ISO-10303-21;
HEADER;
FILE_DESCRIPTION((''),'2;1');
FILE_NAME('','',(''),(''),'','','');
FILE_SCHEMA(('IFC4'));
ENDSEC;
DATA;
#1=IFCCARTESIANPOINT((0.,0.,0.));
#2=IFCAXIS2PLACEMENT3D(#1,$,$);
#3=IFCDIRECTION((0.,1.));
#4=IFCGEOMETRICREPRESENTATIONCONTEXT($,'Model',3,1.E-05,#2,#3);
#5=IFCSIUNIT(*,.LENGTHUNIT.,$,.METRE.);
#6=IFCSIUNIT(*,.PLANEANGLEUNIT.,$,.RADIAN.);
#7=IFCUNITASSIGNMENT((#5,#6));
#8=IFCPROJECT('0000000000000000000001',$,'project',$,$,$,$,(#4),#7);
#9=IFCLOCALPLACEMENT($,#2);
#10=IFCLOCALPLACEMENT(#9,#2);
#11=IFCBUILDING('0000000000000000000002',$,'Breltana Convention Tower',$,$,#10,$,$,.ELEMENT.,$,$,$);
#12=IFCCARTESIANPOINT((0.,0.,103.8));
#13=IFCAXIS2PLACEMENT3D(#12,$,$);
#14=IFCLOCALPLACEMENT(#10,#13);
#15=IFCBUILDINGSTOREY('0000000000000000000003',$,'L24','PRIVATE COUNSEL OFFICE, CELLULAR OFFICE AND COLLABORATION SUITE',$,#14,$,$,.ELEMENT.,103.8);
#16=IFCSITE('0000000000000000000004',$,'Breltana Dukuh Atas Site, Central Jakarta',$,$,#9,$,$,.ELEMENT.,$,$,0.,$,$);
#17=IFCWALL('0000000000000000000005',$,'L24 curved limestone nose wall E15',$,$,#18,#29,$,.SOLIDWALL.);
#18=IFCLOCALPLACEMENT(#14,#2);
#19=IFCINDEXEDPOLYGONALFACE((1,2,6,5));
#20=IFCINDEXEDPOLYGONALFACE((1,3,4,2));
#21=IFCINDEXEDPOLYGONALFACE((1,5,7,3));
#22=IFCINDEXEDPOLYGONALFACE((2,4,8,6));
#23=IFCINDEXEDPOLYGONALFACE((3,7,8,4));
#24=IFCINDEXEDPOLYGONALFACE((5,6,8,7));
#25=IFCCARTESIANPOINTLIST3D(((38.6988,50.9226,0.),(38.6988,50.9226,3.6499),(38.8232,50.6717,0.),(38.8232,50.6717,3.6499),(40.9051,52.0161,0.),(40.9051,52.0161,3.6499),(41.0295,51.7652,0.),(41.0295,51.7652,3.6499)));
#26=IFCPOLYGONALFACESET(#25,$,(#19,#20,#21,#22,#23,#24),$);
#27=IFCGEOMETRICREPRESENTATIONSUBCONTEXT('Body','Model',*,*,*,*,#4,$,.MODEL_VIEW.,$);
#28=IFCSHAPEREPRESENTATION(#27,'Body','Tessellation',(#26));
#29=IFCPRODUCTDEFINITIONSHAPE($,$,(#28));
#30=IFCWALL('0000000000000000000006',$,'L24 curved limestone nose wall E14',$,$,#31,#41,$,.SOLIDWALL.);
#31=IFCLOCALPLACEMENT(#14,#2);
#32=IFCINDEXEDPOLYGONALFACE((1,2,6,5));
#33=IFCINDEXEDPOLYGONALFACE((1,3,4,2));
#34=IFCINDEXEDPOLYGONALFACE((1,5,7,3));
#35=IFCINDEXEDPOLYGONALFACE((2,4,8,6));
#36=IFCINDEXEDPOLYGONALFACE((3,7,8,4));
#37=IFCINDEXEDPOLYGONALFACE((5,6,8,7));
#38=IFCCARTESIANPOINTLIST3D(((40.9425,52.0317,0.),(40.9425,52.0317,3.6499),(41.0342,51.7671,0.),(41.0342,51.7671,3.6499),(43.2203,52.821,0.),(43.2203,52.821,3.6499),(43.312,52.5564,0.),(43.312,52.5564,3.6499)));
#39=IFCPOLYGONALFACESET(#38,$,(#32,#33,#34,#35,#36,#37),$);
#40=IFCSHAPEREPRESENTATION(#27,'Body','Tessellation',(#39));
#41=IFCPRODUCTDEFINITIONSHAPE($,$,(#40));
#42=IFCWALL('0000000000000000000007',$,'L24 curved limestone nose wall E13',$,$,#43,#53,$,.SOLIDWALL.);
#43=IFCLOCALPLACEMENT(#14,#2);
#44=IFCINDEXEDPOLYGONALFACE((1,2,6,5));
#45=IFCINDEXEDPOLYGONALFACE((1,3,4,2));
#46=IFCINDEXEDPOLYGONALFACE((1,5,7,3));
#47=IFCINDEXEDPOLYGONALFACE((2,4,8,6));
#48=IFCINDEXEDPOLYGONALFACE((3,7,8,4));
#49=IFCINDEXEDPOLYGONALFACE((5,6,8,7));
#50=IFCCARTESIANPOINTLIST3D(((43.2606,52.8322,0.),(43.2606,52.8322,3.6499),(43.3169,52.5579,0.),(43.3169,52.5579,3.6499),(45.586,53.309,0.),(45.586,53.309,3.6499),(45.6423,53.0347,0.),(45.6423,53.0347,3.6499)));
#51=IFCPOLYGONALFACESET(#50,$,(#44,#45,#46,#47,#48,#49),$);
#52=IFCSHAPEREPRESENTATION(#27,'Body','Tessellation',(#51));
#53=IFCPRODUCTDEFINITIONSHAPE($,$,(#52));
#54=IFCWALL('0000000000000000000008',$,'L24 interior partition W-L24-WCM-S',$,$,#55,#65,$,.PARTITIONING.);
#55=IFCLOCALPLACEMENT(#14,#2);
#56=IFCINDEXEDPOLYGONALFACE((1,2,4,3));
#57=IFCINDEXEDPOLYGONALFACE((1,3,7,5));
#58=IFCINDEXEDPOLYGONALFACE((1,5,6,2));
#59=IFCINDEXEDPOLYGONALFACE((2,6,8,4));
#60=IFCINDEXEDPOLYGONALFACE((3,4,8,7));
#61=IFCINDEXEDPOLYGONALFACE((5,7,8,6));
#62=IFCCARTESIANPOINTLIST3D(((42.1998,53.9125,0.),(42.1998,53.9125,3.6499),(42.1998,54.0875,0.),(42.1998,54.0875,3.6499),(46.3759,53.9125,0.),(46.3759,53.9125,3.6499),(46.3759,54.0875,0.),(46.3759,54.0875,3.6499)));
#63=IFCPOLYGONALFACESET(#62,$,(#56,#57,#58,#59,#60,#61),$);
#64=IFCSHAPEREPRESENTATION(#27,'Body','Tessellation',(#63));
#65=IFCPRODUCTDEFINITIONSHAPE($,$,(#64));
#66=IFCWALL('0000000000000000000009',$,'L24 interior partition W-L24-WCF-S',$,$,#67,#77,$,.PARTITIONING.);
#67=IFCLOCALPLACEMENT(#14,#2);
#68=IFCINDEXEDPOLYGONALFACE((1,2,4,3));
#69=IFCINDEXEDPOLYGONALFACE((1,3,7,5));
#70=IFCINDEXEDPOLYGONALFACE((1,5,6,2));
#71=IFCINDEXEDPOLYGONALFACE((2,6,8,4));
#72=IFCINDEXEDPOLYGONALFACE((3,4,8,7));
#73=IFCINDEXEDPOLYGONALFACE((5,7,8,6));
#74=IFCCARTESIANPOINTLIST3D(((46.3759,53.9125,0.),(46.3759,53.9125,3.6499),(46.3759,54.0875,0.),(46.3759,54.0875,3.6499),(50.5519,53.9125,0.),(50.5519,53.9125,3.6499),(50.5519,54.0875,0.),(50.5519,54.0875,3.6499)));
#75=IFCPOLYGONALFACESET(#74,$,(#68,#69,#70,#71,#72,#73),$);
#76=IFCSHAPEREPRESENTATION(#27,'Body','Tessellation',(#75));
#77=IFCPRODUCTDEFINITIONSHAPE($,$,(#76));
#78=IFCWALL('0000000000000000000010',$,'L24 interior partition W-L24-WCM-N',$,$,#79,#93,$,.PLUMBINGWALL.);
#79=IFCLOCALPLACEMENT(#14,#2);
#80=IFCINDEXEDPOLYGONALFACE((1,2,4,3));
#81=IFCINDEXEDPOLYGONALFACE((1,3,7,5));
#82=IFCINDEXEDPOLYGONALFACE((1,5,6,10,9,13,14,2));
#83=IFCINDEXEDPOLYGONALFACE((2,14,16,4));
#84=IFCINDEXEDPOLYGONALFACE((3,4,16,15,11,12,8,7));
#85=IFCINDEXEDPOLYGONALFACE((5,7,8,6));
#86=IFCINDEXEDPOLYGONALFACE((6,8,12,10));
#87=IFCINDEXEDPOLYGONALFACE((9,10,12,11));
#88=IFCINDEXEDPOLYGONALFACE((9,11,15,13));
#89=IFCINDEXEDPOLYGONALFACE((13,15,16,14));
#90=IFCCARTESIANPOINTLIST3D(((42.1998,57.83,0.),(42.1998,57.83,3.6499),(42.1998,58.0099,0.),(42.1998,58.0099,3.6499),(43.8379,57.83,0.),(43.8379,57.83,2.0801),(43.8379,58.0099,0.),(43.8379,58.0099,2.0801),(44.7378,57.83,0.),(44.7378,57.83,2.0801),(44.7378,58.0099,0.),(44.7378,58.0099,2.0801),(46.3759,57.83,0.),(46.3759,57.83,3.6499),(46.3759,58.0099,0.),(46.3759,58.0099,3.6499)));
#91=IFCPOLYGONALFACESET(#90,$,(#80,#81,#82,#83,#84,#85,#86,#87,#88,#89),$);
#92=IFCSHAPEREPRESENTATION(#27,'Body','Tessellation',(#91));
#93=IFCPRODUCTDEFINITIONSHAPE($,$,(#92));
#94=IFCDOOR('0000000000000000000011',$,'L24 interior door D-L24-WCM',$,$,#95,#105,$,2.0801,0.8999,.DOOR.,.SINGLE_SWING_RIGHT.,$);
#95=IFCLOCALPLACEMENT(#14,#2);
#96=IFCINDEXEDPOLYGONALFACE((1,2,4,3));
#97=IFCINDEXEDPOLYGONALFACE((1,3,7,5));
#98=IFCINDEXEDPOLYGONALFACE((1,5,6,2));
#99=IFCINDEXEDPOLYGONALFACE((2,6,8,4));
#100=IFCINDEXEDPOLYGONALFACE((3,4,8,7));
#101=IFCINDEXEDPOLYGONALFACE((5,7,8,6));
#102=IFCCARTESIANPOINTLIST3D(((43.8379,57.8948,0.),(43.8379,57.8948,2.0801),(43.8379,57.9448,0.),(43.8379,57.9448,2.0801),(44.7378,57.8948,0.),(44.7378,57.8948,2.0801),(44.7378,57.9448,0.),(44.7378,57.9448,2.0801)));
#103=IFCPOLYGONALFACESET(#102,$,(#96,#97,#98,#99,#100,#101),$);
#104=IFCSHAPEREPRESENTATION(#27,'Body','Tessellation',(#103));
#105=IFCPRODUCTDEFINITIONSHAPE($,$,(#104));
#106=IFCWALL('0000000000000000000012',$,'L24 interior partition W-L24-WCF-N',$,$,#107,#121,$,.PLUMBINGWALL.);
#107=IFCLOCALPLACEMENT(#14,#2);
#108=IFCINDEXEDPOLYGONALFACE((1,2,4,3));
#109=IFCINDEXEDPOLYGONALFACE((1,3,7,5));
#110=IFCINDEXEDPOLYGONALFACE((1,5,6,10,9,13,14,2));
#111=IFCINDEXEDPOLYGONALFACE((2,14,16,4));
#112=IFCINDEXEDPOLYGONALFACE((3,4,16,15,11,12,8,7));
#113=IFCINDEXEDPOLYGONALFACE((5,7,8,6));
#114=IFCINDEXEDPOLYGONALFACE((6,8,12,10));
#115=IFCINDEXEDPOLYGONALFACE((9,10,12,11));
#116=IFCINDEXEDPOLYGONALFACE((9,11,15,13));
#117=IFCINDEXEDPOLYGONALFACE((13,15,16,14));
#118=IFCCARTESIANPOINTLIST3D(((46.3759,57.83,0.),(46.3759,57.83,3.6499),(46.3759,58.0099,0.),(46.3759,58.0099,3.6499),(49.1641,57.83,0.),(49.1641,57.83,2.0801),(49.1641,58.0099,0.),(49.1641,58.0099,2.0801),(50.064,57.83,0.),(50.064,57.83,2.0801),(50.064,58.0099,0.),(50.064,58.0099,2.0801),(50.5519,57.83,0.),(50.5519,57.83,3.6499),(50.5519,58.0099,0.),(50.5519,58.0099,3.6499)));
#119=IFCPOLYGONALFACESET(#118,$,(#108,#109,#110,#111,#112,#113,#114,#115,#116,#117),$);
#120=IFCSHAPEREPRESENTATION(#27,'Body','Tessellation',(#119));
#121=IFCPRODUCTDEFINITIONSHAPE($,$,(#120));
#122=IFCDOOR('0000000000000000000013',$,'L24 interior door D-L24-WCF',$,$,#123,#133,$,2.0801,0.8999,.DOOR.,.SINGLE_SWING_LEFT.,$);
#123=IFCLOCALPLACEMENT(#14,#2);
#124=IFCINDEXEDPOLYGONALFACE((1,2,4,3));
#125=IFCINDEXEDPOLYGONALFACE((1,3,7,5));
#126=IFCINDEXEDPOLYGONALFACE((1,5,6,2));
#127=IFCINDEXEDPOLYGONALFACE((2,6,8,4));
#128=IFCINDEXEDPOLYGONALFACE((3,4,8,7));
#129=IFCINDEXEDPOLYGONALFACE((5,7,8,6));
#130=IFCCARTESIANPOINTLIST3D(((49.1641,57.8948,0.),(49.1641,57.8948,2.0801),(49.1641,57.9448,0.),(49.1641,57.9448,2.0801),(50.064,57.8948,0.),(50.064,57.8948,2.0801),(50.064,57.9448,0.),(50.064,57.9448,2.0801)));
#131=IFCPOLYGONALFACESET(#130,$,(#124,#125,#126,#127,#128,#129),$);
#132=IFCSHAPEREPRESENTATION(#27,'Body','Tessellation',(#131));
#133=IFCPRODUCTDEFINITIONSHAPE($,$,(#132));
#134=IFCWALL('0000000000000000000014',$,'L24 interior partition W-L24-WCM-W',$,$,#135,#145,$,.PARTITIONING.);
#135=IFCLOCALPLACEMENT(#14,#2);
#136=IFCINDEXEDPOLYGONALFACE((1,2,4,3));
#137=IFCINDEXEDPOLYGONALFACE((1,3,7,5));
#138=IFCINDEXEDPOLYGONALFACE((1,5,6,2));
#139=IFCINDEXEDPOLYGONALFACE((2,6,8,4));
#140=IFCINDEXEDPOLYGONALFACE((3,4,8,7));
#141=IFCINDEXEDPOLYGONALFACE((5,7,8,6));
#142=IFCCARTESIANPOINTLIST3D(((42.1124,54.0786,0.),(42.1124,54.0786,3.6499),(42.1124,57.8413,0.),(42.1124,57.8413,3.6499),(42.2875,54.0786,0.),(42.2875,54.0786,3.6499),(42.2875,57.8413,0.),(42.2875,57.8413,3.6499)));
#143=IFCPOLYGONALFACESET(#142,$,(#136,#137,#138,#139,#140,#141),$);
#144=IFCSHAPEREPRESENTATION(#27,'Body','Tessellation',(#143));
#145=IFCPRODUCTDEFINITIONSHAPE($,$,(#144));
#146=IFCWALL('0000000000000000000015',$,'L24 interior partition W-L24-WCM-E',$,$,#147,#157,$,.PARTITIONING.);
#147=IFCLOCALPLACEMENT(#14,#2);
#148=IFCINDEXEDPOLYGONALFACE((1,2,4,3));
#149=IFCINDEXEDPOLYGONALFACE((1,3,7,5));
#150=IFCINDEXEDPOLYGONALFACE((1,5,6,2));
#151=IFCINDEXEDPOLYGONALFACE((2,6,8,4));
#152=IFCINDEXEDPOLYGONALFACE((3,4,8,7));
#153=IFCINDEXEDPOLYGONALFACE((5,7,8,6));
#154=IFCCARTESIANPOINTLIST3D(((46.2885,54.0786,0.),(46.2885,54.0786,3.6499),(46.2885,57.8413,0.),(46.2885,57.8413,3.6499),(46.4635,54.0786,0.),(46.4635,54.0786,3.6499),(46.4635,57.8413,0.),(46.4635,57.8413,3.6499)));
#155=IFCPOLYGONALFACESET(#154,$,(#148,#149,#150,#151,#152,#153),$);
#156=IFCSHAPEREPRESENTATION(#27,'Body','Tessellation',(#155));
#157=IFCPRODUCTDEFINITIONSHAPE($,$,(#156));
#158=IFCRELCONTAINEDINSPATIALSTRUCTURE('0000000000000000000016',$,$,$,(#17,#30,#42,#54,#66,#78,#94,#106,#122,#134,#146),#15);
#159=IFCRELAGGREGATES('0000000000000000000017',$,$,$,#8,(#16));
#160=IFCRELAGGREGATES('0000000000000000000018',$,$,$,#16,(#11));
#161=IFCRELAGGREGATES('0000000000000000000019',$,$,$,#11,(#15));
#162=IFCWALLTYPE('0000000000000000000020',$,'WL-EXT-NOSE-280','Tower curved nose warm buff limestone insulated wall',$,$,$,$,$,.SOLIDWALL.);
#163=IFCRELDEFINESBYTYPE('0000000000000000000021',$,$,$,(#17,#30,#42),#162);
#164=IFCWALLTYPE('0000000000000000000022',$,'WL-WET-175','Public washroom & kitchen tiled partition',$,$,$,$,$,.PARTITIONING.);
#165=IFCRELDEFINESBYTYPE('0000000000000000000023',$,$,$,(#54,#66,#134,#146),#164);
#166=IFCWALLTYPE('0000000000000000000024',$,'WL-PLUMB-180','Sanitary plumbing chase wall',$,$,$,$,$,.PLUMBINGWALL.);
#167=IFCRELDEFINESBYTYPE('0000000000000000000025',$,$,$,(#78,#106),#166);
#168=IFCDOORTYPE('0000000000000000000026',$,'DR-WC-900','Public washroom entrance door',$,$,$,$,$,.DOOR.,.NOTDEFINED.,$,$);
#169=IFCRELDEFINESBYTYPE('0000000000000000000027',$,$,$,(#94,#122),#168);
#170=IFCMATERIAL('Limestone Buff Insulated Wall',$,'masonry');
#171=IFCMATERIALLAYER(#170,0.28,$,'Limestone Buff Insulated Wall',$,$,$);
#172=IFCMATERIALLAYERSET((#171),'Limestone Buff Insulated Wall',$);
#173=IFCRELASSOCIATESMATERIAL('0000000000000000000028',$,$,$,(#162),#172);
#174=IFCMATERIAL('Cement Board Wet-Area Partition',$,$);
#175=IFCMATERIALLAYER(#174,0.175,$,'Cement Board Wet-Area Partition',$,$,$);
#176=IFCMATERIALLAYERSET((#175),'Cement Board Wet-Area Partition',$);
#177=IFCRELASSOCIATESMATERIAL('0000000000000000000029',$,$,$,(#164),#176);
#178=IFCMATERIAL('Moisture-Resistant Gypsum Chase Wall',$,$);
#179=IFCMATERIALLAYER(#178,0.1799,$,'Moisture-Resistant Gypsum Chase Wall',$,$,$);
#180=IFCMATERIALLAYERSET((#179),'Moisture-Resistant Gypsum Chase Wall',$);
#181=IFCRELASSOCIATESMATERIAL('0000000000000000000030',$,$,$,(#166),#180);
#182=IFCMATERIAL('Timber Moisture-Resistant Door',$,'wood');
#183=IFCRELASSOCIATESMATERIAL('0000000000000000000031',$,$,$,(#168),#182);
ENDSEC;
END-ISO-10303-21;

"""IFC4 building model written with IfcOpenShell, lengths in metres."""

from ifc_helpers import new_model, si_unit, direction, frame, frame_2d, origin, place, context, subcontext, project, spatial, rectangle, extrude, source, transform, mapped, material, layer, layer_set, type_object, type_shapes, element, fill, save


model = new_model("IFC4")

# Units and contexts
model_context = context("Model", 3, precision=1e-05, world=origin(), true_north=direction((0.0, 1.0)))
body_context = subcontext(model_context, "Body", "Model", "MODEL_VIEW")
ifc_project = project(units=[si_unit("LENGTHUNIT", "METRE"), si_unit("PLANEANGLEUNIT", "RADIAN")], contexts=[model_context])

# Site, building, storey
site_placement = place(None, origin())
site = spatial("IfcSite", under=ifc_project, at=site_placement, Name="Breltana Dukuh Atas Site, Central Jakarta", CompositionType="ELEMENT", RefElevation=0.0)
building_placement = place(site_placement, origin())
building = spatial("IfcBuilding", under=site, at=building_placement, Name="Breltana Convention Tower", CompositionType="ELEMENT")
storey_placement = place(building_placement, frame((0.0, 0.0, 103.8)))
storey = spatial("IfcBuildingStorey", under=building, at=storey_placement, Name="L24", Description="PRIVATE COUNSEL OFFICE, CELLULAR OFFICE AND COLLABORATION SUITE", CompositionType="ELEMENT", Elevation=103.8)

# Walls
ifc_material_1 = material(Name="Limestone Buff Insulated Wall", Category="masonry")
ifc_layer_1 = layer(ifc_material_1, 0.28, Name="Limestone Buff Insulated Wall")
ifc_layer_set_1 = layer_set([ifc_layer_1], Name="Limestone Buff Insulated Wall")
wall_type_1 = type_object("IfcWallType", Name="WL-EXT-NOSE-280", Description="Tower curved nose warm buff limestone insulated wall", PredefinedType="SOLIDWALL", material=ifc_layer_set_1)
shared_shape_1 = source(origin(), body_context, "Body", "SweptSolid", [
    extrude(rectangle(XDim=2.4624, YDim=0.28, at=frame_2d((1.2312, 0.0))), origin(), (0.0, 0.0, 1.0), 3.6499),
])
wall_1_placement = place(storey_placement, frame((40.9673, 51.8906, 0.0), z_axis=(0.0, 0.0, 1.0), x_axis=(-0.895988, -0.444078, 0.0)))
element("IfcWall", 1, at=wall_1_placement, inside=storey, type_object=wall_type_1, Name="L24 curved limestone nose wall E15", PredefinedType="SOLIDWALL", context=body_context, shape_type="MappedRepresentation", body=[
    mapped(shared_shape_1, transform((0.0, 0.0, 0.0), scale=1.0)),
])
shared_shape_2 = source(origin(), body_context, "Body", "SweptSolid", [
    extrude(rectangle(XDim=2.4106, YDim=0.28, at=frame_2d((1.2053, 0.0))), origin(), (0.0, 0.0, 1.0), 3.6499),
])
wall_2_placement = place(storey_placement, frame((43.2661, 52.6887, 0.0), z_axis=(0.0, 0.0, 1.0), x_axis=(-0.94488, -0.327417, 0.0)))
element("IfcWall", 2, at=wall_2_placement, inside=storey, type_object=wall_type_1, Name="L24 curved limestone nose wall E14", PredefinedType="SOLIDWALL", context=body_context, shape_type="MappedRepresentation", body=[
    mapped(shared_shape_2, transform((0.0, 0.0, 0.0), scale=1.0)),
])
shared_shape_3 = source(origin(), body_context, "Body", "SweptSolid", [
    extrude(rectangle(XDim=2.3738, YDim=0.28, at=frame_2d((1.187, 0.0))), origin(), (0.0, 0.0, 1.0), 3.6499),
])
wall_3_placement = place(storey_placement, frame((45.6143, 53.1719, 0.0), z_axis=(0.0, 0.0, 1.0), x_axis=(-0.97962, -0.200861, 0.0)))
element("IfcWall", 3, at=wall_3_placement, inside=storey, type_object=wall_type_1, Name="L24 curved limestone nose wall E13", PredefinedType="SOLIDWALL", context=body_context, shape_type="MappedRepresentation", body=[
    mapped(shared_shape_3, transform((0.0, 0.0, 0.0), scale=1.0)),
])
ifc_material_2 = material(Name="Cement Board Wet-Area Partition")
ifc_layer_2 = layer(ifc_material_2, 0.175, Name="Cement Board Wet-Area Partition")
ifc_layer_set_2 = layer_set([ifc_layer_2], Name="Cement Board Wet-Area Partition")
wall_type_2 = type_object("IfcWallType", Name="WL-WET-175", Description="Public washroom & kitchen tiled partition", PredefinedType="PARTITIONING", material=ifc_layer_set_2)
shared_shape_4 = source(origin(), body_context, "Body", "SweptSolid", [
    extrude(rectangle(XDim=4.176, YDim=0.175, at=frame_2d((2.0879, 0.0))), origin(), (0.0, 0.0, 1.0), 3.6499),
])
for number, where, z_axis, x_axis, name in (
    (4, (42.2, 54.0, 0.0), (0.0, 0.0, 1.0), (1.0, 0.0, 0.0), "L24 interior partition W-L24-WCM-S"),
    (5, (46.376, 54.0, 0.0), (0.0, 0.0, 1.0), (1.0, 0.0, 0.0), "L24 interior partition W-L24-WCF-S"),
):
    element("IfcWall", number, at=place(storey_placement, frame(where, z_axis=z_axis, x_axis=x_axis)), inside=storey, type_object=wall_type_2, Name=name, PredefinedType="PARTITIONING", context=body_context, shape_type="MappedRepresentation", body=[
        mapped(shared_shape_4, transform((0.0, 0.0, 0.0), scale=1.0)),
    ])

# Walls, openings, doors
ifc_material_3 = material(Name="Moisture-Resistant Gypsum Chase Wall")
ifc_layer_3 = layer(ifc_material_3, 0.1799, Name="Moisture-Resistant Gypsum Chase Wall")
ifc_layer_set_3 = layer_set([ifc_layer_3], Name="Moisture-Resistant Gypsum Chase Wall")
wall_type_3 = type_object("IfcWallType", Name="WL-PLUMB-180", Description="Sanitary plumbing chase wall", PredefinedType="PLUMBINGWALL", material=ifc_layer_set_3)
shared_shape_5 = source(origin(), body_context, "Body", "SweptSolid", [
    extrude(rectangle(XDim=4.176, YDim=0.1799, at=frame_2d((2.0879, 0.0))), origin(), (0.0, 0.0, 1.0), 3.6499),
])
wall_4_placement = place(storey_placement, frame((42.2, 57.9199, 0.0), z_axis=(0.0, 0.0, 1.0), x_axis=(1.0, 0.0, 0.0)))
wall_4 = element("IfcWall", 6, at=wall_4_placement, inside=storey, type_object=wall_type_3, Name="L24 interior partition W-L24-WCM-N", PredefinedType="PLUMBINGWALL", context=body_context, shape_type="MappedRepresentation", body=[
    mapped(shared_shape_5, transform((0.0, 0.0, 0.0), scale=1.0)),
])
opening_1_placement = place(wall_4_placement, frame((1.6379, 0.0, 0.0)))
opening_1 = element("IfcOpeningElement", 7, at=opening_1_placement, cuts=wall_4, PredefinedType="OPENING", context=body_context, shape_type="SweptSolid", body=[
    extrude(rectangle(XDim=0.8999, YDim=2.0801, at=frame_2d((0.45, 1.04))), frame((0.0, 0.1001, 0.0), z_axis=(0.0, -1.0, 0.0), x_axis=(1.0, 0.0, 0.0)), (0.0, 0.0, 1.0), 0.2),
])
ifc_material_4 = material(Name="Timber Moisture-Resistant Door", Category="wood")
door_type = type_object("IfcDoorType", Name="DR-WC-900", Description="Public washroom entrance door", OperationType="NOTDEFINED", PredefinedType="DOOR", material=ifc_material_4)
shared_shape_6 = source(origin(), body_context, "Body", "SweptSolid", [
    extrude(rectangle(XDim=0.8999, YDim=2.0801, at=frame_2d((0.45, 1.04))), frame((0.0, 0.0249, 0.0), z_axis=(0.0, -1.0, 0.0), x_axis=(1.0, 0.0, 0.0)), (0.0, 0.0, 1.0), 0.05),
])
type_shapes(door_type, [shared_shape_6])
door_1_placement = place(opening_1_placement, origin())
door_1 = element("IfcDoor", 8, at=door_1_placement, inside=storey, type_object=door_type, Name="L24 interior door D-L24-WCM", OperationType="SINGLE_SWING_RIGHT", OverallHeight=2.0801, OverallWidth=0.8999, PredefinedType="DOOR", context=body_context, shape_type="MappedRepresentation", body=[
    mapped(shared_shape_6, transform((0.0, 0.0, 0.0), scale=1.0)),
])
fill(opening_1, door_1)
wall_5_placement = place(storey_placement, frame((46.376, 57.9199, 0.0), z_axis=(0.0, 0.0, 1.0), x_axis=(1.0, 0.0, 0.0)))
wall_5 = element("IfcWall", 9, at=wall_5_placement, inside=storey, type_object=wall_type_3, Name="L24 interior partition W-L24-WCF-N", PredefinedType="PLUMBINGWALL", context=body_context, shape_type="MappedRepresentation", body=[
    mapped(shared_shape_5, transform((0.0, 0.0, 0.0), scale=1.0)),
])
opening_2_placement = place(wall_5_placement, frame((2.7881, 0.0, 0.0)))
opening_2 = element("IfcOpeningElement", 10, at=opening_2_placement, cuts=wall_5, PredefinedType="OPENING", context=body_context, shape_type="SweptSolid", body=[
    extrude(rectangle(XDim=0.8999, YDim=2.0801, at=frame_2d((0.45, 1.04))), frame((0.0, 0.1001, 0.0), z_axis=(0.0, -1.0, 0.0), x_axis=(1.0, 0.0, 0.0)), (0.0, 0.0, 1.0), 0.2),
])
door_2_placement = place(opening_2_placement, origin())
door_2 = element("IfcDoor", 11, at=door_2_placement, inside=storey, type_object=door_type, Name="L24 interior door D-L24-WCF", OperationType="SINGLE_SWING_LEFT", OverallHeight=2.0801, OverallWidth=0.8999, PredefinedType="DOOR", context=body_context, shape_type="MappedRepresentation", body=[
    mapped(shared_shape_6, transform((0.0, 0.0, 0.0), scale=1.0)),
])
fill(opening_2, door_2)

# Walls
shared_shape_7 = source(origin(), body_context, "Body", "SweptSolid", [
    extrude(rectangle(XDim=3.7627, YDim=0.175, at=frame_2d((1.8813, 0.0))), origin(), (0.0, 0.0, 1.0), 3.6499),
])
for number, where, z_axis, x_axis, name in (
    (12, (42.2, 54.0786, 0.0), (0.0, 0.0, 1.0), (0.0, 1.0, 0.0), "L24 interior partition W-L24-WCM-W"),
    (13, (46.376, 54.0786, 0.0), (0.0, 0.0, 1.0), (0.0, 1.0, 0.0), "L24 interior partition W-L24-WCM-E"),
):
    element("IfcWall", number, at=place(storey_placement, frame(where, z_axis=z_axis, x_axis=x_axis)), inside=storey, type_object=wall_type_2, Name=name, PredefinedType="PARTITIONING", context=body_context, shape_type="MappedRepresentation", body=[
        mapped(shared_shape_7, transform((0.0, 0.0, 0.0), scale=1.0)),
    ])

save(model, "model.ifc")
